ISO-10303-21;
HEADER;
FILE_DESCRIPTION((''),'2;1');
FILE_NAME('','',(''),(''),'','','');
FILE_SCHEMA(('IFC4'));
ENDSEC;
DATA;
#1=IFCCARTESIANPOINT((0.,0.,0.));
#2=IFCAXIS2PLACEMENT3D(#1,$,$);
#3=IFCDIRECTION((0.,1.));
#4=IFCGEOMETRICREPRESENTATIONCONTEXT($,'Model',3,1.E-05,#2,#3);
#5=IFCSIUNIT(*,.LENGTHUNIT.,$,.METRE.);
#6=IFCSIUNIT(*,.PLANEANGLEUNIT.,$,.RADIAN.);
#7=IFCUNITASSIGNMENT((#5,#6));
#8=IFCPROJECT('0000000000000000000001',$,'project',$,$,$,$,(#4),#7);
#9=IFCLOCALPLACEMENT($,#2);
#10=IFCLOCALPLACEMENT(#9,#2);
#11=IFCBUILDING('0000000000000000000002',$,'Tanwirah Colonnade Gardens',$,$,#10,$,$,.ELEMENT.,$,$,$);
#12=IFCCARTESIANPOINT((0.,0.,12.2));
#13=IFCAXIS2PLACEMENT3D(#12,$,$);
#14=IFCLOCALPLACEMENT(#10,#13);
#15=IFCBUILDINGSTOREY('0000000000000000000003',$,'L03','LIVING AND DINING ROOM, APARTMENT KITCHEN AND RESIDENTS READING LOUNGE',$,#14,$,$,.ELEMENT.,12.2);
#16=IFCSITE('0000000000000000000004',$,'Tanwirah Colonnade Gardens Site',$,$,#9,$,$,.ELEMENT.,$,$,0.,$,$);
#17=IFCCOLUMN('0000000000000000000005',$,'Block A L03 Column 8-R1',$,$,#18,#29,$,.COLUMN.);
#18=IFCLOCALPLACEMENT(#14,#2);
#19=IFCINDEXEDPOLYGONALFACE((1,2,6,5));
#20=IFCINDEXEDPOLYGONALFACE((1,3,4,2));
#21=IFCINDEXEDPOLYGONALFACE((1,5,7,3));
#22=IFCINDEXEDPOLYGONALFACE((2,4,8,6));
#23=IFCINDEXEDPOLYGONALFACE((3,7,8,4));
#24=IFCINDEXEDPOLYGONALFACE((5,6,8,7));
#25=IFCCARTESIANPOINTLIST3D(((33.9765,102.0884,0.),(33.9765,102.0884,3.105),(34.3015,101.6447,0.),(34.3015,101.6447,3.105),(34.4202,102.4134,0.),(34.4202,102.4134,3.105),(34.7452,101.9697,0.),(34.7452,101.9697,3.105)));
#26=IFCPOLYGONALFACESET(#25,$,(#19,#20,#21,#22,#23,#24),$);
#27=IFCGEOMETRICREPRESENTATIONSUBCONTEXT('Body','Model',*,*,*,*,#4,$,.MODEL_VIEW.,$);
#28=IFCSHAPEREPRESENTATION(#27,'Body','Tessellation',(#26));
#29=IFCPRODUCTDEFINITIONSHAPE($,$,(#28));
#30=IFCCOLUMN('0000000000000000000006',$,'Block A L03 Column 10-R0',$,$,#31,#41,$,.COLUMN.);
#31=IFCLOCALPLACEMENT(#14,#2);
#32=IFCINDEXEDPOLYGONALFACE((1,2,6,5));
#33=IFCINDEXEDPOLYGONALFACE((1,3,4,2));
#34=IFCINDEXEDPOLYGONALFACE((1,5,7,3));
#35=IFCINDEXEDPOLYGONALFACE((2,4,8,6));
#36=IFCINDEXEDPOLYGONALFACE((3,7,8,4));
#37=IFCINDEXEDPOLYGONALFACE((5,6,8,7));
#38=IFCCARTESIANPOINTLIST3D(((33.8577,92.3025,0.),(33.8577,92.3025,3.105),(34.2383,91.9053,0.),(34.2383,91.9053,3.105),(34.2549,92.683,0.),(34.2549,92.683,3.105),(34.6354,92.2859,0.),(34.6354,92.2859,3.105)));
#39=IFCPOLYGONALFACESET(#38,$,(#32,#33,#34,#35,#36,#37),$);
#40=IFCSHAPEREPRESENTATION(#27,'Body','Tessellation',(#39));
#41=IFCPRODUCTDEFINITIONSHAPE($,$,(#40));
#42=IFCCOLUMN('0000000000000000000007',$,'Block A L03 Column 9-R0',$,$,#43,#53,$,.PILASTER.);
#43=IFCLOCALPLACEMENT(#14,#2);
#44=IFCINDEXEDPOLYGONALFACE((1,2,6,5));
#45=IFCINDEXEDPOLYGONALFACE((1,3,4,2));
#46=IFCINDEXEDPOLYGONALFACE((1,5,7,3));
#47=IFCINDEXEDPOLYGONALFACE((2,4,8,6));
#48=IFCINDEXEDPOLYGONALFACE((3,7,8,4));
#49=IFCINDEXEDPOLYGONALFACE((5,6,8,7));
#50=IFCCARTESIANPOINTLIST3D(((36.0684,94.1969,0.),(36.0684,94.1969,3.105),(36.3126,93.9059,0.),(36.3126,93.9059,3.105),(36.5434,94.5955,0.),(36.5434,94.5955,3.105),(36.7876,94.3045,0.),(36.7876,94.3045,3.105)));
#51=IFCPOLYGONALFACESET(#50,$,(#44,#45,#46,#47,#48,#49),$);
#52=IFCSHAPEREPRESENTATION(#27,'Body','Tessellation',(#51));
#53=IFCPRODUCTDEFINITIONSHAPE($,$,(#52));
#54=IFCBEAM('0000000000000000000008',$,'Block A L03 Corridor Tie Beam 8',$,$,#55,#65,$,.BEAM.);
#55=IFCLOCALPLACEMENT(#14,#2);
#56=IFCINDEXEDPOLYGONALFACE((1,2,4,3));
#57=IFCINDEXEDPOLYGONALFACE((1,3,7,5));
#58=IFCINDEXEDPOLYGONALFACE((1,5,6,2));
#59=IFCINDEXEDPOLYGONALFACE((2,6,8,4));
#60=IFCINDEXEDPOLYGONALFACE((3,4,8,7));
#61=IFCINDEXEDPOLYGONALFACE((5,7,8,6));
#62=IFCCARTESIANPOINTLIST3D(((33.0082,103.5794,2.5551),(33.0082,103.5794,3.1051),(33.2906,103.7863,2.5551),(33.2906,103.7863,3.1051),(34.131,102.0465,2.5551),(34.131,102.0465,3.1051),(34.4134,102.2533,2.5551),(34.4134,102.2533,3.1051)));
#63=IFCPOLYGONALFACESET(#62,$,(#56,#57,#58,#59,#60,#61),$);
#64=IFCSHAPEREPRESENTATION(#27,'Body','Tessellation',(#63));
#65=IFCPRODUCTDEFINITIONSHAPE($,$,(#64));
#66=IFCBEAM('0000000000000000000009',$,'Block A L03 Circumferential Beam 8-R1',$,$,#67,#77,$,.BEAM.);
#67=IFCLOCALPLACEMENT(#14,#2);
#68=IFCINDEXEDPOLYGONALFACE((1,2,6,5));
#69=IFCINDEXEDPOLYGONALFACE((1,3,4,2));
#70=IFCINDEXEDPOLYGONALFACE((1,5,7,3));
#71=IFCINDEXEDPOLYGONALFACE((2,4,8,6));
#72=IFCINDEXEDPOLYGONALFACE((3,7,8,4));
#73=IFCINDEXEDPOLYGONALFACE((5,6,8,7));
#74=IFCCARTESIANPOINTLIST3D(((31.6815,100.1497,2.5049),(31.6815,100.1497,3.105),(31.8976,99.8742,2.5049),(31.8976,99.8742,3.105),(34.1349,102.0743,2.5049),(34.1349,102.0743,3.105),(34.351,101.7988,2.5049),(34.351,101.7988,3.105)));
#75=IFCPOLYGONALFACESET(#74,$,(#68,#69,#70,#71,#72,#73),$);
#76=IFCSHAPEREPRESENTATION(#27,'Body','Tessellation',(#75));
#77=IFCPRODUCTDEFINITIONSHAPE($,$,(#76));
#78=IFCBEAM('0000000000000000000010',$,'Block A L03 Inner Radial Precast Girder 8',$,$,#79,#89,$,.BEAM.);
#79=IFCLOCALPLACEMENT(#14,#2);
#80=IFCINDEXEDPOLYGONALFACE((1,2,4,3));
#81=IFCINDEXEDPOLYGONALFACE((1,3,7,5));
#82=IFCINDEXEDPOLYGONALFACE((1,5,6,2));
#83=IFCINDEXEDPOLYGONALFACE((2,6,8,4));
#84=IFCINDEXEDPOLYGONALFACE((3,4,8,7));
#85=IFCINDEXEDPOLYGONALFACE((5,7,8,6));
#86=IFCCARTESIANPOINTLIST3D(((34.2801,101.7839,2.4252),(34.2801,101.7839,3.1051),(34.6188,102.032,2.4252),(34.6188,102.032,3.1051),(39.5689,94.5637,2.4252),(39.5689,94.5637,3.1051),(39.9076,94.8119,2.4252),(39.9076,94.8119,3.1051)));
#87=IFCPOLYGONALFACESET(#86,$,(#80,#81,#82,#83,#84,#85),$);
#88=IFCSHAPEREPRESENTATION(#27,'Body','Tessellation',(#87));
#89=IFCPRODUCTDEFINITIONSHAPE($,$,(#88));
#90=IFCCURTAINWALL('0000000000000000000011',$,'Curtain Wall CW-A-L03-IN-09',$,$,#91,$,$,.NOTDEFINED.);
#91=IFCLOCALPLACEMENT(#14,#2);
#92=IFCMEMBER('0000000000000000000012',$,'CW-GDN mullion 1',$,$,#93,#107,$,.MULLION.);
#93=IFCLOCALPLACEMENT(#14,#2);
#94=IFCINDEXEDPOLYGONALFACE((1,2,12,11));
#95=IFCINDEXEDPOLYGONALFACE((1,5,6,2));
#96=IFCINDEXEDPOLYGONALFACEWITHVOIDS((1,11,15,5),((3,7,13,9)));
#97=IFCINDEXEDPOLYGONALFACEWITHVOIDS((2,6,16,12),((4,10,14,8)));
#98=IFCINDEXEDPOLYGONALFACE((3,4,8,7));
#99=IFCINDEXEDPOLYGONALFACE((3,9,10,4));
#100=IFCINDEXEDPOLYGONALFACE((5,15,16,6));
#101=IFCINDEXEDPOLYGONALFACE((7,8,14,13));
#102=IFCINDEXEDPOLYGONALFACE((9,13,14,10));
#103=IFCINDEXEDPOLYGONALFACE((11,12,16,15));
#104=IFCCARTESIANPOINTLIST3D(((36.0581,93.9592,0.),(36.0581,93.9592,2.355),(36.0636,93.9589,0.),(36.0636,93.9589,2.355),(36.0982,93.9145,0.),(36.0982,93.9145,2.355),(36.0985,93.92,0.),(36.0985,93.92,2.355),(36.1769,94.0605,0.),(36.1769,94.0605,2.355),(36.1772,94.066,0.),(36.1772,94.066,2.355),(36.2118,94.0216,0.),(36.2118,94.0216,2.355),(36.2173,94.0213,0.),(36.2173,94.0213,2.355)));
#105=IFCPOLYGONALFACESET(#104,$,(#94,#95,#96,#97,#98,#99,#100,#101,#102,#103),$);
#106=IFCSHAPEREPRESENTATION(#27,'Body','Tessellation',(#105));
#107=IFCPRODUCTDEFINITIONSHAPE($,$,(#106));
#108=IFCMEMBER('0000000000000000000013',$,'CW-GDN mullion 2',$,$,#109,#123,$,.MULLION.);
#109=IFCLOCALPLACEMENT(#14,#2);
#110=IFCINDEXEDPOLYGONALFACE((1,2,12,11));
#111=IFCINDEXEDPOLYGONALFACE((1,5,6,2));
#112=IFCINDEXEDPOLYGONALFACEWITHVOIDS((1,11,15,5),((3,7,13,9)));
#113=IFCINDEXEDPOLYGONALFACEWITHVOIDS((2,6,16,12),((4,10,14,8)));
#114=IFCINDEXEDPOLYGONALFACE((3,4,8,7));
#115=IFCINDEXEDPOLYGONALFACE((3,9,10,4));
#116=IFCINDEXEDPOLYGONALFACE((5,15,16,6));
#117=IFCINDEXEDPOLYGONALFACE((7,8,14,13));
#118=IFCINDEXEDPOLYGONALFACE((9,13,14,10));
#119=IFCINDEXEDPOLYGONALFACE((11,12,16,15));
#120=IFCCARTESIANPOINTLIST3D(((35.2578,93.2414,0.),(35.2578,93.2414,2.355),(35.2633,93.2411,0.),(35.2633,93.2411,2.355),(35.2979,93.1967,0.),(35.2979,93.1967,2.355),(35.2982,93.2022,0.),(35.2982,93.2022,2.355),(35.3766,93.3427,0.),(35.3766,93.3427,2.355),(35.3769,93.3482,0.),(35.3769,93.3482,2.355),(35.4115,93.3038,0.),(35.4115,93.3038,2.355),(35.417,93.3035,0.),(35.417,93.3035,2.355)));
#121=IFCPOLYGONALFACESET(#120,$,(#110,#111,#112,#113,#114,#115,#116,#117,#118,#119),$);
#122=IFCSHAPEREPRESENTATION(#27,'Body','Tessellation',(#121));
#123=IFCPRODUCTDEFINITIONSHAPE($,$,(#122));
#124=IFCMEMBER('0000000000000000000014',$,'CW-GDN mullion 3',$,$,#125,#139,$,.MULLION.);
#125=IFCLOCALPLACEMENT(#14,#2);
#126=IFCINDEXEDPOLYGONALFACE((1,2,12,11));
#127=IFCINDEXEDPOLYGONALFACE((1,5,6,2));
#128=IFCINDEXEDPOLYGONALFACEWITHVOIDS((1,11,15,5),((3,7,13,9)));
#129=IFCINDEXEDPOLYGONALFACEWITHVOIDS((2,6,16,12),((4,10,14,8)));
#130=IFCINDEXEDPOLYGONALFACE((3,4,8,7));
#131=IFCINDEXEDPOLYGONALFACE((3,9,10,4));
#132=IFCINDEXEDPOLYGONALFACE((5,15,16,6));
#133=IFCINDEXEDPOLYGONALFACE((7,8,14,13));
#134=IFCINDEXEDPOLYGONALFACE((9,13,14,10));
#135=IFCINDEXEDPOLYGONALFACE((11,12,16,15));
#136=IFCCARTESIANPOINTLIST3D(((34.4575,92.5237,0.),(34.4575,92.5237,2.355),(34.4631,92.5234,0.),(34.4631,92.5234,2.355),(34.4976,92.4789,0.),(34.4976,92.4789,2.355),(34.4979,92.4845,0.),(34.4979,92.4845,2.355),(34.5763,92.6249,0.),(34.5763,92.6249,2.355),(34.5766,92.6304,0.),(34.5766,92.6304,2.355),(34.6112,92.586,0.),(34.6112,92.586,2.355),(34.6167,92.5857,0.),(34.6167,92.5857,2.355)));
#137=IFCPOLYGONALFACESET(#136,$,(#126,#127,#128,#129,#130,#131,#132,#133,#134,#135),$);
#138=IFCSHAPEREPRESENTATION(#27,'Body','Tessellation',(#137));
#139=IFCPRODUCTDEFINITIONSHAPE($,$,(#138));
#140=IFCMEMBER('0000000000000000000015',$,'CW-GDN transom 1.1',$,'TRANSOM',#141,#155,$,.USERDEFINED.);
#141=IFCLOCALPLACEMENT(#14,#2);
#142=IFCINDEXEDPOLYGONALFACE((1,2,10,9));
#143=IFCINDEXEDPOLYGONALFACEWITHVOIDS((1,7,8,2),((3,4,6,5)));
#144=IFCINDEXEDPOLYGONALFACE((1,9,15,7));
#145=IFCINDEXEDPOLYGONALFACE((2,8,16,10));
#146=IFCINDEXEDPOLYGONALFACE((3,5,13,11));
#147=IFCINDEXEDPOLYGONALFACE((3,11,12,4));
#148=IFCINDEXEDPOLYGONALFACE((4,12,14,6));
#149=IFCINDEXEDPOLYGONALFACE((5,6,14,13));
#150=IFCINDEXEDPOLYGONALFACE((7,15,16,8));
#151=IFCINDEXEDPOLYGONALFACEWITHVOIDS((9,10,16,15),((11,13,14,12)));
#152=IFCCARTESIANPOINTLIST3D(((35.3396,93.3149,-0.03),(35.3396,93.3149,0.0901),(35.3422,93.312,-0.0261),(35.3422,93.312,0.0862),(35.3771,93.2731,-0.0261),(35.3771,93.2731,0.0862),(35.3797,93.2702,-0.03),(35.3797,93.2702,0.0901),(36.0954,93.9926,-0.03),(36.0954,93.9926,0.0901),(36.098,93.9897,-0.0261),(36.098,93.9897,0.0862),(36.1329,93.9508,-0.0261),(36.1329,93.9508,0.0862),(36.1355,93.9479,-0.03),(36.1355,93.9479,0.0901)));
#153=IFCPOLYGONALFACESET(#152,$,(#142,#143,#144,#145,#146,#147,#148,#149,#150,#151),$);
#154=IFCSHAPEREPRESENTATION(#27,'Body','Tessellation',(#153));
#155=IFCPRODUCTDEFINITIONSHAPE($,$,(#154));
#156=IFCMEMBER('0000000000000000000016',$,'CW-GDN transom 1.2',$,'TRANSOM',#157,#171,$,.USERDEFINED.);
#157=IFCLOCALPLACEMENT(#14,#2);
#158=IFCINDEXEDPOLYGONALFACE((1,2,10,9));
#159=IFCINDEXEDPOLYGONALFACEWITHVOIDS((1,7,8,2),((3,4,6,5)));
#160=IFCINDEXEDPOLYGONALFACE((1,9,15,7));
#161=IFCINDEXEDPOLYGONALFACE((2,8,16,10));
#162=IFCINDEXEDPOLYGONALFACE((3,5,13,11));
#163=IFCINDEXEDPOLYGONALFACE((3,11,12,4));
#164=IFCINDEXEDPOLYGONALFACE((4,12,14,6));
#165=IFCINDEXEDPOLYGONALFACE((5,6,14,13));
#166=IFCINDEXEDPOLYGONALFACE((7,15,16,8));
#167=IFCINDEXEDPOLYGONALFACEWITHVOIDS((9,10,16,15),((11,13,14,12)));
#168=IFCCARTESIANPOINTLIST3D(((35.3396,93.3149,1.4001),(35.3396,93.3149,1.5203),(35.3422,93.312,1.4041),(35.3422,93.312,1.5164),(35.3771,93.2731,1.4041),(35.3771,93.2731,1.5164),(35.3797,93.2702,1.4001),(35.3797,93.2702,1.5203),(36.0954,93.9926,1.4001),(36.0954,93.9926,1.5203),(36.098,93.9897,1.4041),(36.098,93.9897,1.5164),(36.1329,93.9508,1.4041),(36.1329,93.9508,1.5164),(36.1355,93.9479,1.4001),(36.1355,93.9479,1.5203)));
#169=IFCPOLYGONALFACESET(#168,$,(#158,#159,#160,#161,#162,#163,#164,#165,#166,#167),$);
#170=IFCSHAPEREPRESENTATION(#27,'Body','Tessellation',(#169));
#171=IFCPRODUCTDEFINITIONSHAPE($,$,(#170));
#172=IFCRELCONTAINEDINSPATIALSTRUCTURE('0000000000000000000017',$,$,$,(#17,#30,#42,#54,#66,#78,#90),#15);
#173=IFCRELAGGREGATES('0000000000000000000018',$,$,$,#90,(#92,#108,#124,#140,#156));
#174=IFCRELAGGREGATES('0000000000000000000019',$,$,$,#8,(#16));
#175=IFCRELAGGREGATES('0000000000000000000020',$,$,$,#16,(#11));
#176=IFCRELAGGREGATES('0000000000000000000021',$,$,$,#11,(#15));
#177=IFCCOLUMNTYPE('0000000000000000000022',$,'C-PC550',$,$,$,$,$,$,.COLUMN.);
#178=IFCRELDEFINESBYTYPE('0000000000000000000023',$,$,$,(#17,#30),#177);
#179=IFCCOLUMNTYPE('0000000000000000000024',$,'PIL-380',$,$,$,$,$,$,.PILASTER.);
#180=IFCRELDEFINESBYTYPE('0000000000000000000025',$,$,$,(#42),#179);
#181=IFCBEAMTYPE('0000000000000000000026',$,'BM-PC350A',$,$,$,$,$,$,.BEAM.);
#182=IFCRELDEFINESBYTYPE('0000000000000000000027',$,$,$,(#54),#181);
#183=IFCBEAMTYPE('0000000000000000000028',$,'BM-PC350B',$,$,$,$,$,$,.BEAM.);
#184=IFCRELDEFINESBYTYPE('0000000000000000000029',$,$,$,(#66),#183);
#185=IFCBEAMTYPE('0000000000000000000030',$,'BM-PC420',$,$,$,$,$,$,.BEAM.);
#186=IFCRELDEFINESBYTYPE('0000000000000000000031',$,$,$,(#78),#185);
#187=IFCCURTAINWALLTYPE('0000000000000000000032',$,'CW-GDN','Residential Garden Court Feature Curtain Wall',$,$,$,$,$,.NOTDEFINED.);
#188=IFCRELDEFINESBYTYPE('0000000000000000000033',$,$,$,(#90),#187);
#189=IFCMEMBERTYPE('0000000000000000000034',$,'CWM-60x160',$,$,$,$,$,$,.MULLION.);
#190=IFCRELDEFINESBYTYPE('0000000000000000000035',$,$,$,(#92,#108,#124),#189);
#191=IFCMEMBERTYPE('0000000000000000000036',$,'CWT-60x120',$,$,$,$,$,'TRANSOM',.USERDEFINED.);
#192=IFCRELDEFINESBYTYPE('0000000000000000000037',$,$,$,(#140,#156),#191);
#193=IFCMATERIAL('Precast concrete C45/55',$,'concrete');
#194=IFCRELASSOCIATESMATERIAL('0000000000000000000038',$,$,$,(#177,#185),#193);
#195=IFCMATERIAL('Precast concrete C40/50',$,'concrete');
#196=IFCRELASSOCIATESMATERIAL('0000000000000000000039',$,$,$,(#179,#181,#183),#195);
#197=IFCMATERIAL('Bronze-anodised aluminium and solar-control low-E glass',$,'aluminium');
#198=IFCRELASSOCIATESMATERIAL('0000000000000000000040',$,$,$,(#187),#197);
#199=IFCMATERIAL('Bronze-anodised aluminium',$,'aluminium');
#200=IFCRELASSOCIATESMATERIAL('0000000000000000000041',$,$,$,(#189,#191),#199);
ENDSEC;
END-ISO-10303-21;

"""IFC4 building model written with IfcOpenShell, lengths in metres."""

from ifc_helpers import new_model, si_unit, direction, frame, origin, origin_2d, place, context, subcontext, project, spatial, rectangle, hollow_rectangle, extrude, material, material_profile, profile_set, type_object, element, aggregate, save


model = new_model("IFC4")

# Units and contexts
model_context = context("Model", 3, precision=1e-05, world=origin(), true_north=direction((0.0, 1.0)))
body_context = subcontext(model_context, "Body", "Model", "MODEL_VIEW")
ifc_project = project(units=[si_unit("LENGTHUNIT", "METRE"), si_unit("PLANEANGLEUNIT", "RADIAN")], contexts=[model_context])

# Site, building, storey
site_placement = place(None, origin())
site = spatial("IfcSite", under=ifc_project, at=site_placement, Name="Tanwirah Colonnade Gardens Site", CompositionType="ELEMENT", RefElevation=0.0)
building_placement = place(site_placement, origin())
building = spatial("IfcBuilding", under=site, at=building_placement, Name="Tanwirah Colonnade Gardens", CompositionType="ELEMENT")
storey_placement = place(building_placement, frame((0.0, 0.0, 12.2)))
storey = spatial("IfcBuildingStorey", under=building, at=storey_placement, Name="L03", Description="LIVING AND DINING ROOM, APARTMENT KITCHEN AND RESIDENTS READING LOUNGE", CompositionType="ELEMENT", Elevation=12.2)

# Columns
ifc_material_1 = material(Name="Precast concrete C45/55", Category="concrete")
ifc_material_profile_1 = material_profile(ifc_material_1, rectangle(XDim=0.55, YDim=0.55, at=origin_2d()), Name="PC-COL 550x550")
ifc_profile_set_1 = profile_set([ifc_material_profile_1], Name="Precast concrete C45/55")
column_type_1 = type_object("IfcColumnType", Name="C-PC550", PredefinedType="COLUMN", material=ifc_profile_set_1)
for number, where, z_axis, x_axis, name in (
    (1, (34.3608, 102.0291, 0.0), (0.0, 0.0, 1.0), (-0.590919, 0.806731, 0.0), "Block A L03 Column 8-R1"),
    (2, (34.2466, 92.2942, 0.0), (0.0, 0.0, 1.0), (-0.691863, 0.722029, 0.0), "Block A L03 Column 10-R0"),
):
    element("IfcColumn", number, at=place(storey_placement, frame(where, z_axis=z_axis, x_axis=x_axis)), inside=storey, type_object=column_type_1, Name=name, PredefinedType="COLUMN", context=body_context, shape_type="SweptSolid", body=[
        extrude(rectangle(XDim=0.55, YDim=0.55, at=origin_2d()), origin(), (0.0, 0.0, 1.0), 3.105),
    ])
ifc_material_2 = material(Name="Precast concrete C40/50", Category="concrete")
ifc_material_profile_2 = material_profile(ifc_material_2, rectangle(XDim=0.3799, YDim=0.6201, at=origin_2d()), Name="PC-PIL 380x620")
ifc_profile_set_2 = profile_set([ifc_material_profile_2], Name="Precast concrete C40/50")
column_type_2 = type_object("IfcColumnType", Name="PIL-380", PredefinedType="PILASTER", material=ifc_profile_set_2)
column_placement = place(storey_placement, frame((36.428, 94.2507, 0.0), z_axis=(0.0, 0.0, 1.0), x_axis=(-0.642788, 0.766044, 0.0)))
element("IfcColumn", 3, at=column_placement, inside=storey, type_object=column_type_2, Name="Block A L03 Column 9-R0", PredefinedType="PILASTER", context=body_context, shape_type="SweptSolid", body=[
    extrude(rectangle(XDim=0.3799, YDim=0.6201, at=origin_2d()), origin(), (0.0, 0.0, 1.0), 3.105),
])

# Beams
ifc_material_profile_3 = material_profile(ifc_material_2, rectangle(XDim=0.3501, YDim=0.55, at=origin_2d()), Name="PC-BM 350x550")
ifc_profile_set_3 = profile_set([ifc_material_profile_3], Name="Precast concrete C40/50")
beam_type_1 = type_object("IfcBeamType", Name="BM-PC350A", PredefinedType="BEAM", material=ifc_profile_set_3)
beam_1_placement = place(storey_placement, frame((34.2722, 102.1499, 2.8301), z_axis=(-0.590896, 0.806748, 0.0), x_axis=(-0.806748, -0.590896, 0.0)))
element("IfcBeam", 4, at=beam_1_placement, inside=storey, type_object=beam_type_1, Name="Block A L03 Corridor Tie Beam 8", PredefinedType="BEAM", context=body_context, shape_type="SweptSolid", body=[
    extrude(rectangle(XDim=0.3501, YDim=0.55, at=origin_2d()), origin(), (0.0, 0.0, 1.0), 1.9001),
])
ifc_material_profile_4 = material_profile(ifc_material_2, rectangle(XDim=0.3501, YDim=0.6001, at=origin_2d()), Name="PC-BM 350x600")
ifc_profile_set_4 = profile_set([ifc_material_profile_4], Name="Precast concrete C40/50")
beam_type_2 = type_object("IfcBeamType", Name="BM-PC350B", PredefinedType="BEAM", material=ifc_profile_set_4)
beam_2_placement = place(storey_placement, frame((34.2429, 101.9365, 2.8049), z_axis=(-0.786799, -0.617209, 0.0), x_axis=(0.617209, -0.786799, 0.0)))
element("IfcBeam", 5, at=beam_2_placement, inside=storey, type_object=beam_type_2, Name="Block A L03 Circumferential Beam 8-R1", PredefinedType="BEAM", context=body_context, shape_type="SweptSolid", body=[
    extrude(rectangle(XDim=0.3501, YDim=0.6001, at=origin_2d()), origin(), (0.0, 0.0, 1.0), 3.1182),
])
ifc_material_profile_5 = material_profile(ifc_material_1, rectangle(XDim=0.4199, YDim=0.6799, at=origin_2d()), Name="PC-BM 420x680")
ifc_profile_set_5 = profile_set([ifc_material_profile_5], Name="Precast concrete C45/55")
beam_type_3 = type_object("IfcBeamType", Name="BM-PC420", PredefinedType="BEAM", material=ifc_profile_set_5)
beam_3_placement = place(storey_placement, frame((34.4495, 101.908, 2.7651), z_axis=(0.590927, -0.806725, 0.0), x_axis=(0.806725, 0.590927, 0.0)))
element("IfcBeam", 6, at=beam_3_placement, inside=storey, type_object=beam_type_3, Name="Block A L03 Inner Radial Precast Girder 8", PredefinedType="BEAM", context=body_context, shape_type="SweptSolid", body=[
    extrude(rectangle(XDim=0.4199, YDim=0.6799, at=origin_2d()), origin(), (0.0, 0.0, 1.0), 8.95),
])

# Curtain wall, members
ifc_material_3 = material(Name="Bronze-anodised aluminium and solar-control low-E glass", Category="aluminium")
curtain_wall_type = type_object("IfcCurtainWallType", Name="CW-GDN", Description="Residential Garden Court Feature Curtain Wall", PredefinedType="NOTDEFINED", material=ifc_material_3)
curtain_wall_placement = place(storey_placement, origin())
curtain_wall = element("IfcCurtainWall", 7, at=curtain_wall_placement, inside=storey, type_object=curtain_wall_type, Name="Curtain Wall CW-A-L03-IN-09", PredefinedType="NOTDEFINED")
ifc_material_4 = material(Name="Bronze-anodised aluminium", Category="aluminium")
ifc_material_profile_6 = material_profile(ifc_material_4, hollow_rectangle(XDim=0.0601, YDim=0.1599, WallThickness=0.0039, at=origin_2d()), Name="CW-MUL 60x160x4")
ifc_profile_set_6 = profile_set([ifc_material_profile_6], Name="Bronze-anodised aluminium")
member_type_1 = type_object("IfcMemberType", Name="CWM-60x160", PredefinedType="MULLION", material=ifc_profile_set_6)
member_1_placement = place(storey_placement, frame((36.1377, 93.9902, 0.0), z_axis=(0.0, 0.0, 1.0), x_axis=(0.667689, -0.74444, 0.0)))
member_1 = element("IfcMember", 8, at=member_1_placement, type_object=member_type_1, Name="CW-GDN mullion 1", PredefinedType="MULLION", context=body_context, shape_type="SweptSolid", body=[
    extrude(hollow_rectangle(XDim=0.0601, YDim=0.1599, WallThickness=0.0039, at=origin_2d()), origin(), (0.0, 0.0, 1.0), 2.355),
])
member_2_placement = place(storey_placement, frame((35.3374, 93.2725, 0.0), z_axis=(0.0, 0.0, 1.0), x_axis=(0.667689, -0.74444, 0.0)))
member_2 = element("IfcMember", 9, at=member_2_placement, type_object=member_type_1, Name="CW-GDN mullion 2", PredefinedType="MULLION", context=body_context, shape_type="SweptSolid", body=[
    extrude(hollow_rectangle(XDim=0.0601, YDim=0.1599, WallThickness=0.0039, at=origin_2d()), origin(), (0.0, 0.0, 1.0), 2.355),
])
member_3_placement = place(storey_placement, frame((34.5371, 92.5547, 0.0), z_axis=(0.0, 0.0, 1.0), x_axis=(0.667689, -0.74444, 0.0)))
member_3 = element("IfcMember", 10, at=member_3_placement, type_object=member_type_1, Name="CW-GDN mullion 3", PredefinedType="MULLION", context=body_context, shape_type="SweptSolid", body=[
    extrude(hollow_rectangle(XDim=0.0601, YDim=0.1599, WallThickness=0.0039, at=origin_2d()), origin(), (0.0, 0.0, 1.0), 2.355),
])
ifc_material_profile_7 = material_profile(ifc_material_4, hollow_rectangle(XDim=0.0601, YDim=0.1201, WallThickness=0.0039, at=origin_2d()), Name="CW-TRN 60x120x4")
ifc_profile_set_7 = profile_set([ifc_material_profile_7], Name="Bronze-anodised aluminium")
member_type_2 = type_object("IfcMemberType", Name="CWT-60x120", ElementType="TRANSOM", PredefinedType="USERDEFINED", material=ifc_profile_set_7)
member_4_placement = place(storey_placement, frame((36.1155, 93.9702, 0.03), z_axis=(-0.744536, -0.667582, 0.0), x_axis=(0.667582, -0.744536, 0.0)))
member_4 = element("IfcMember", 11, at=member_4_placement, type_object=member_type_2, Name="CW-GDN transom 1.1", ObjectType="TRANSOM", PredefinedType="USERDEFINED", context=body_context, shape_type="SweptSolid", body=[
    extrude(hollow_rectangle(XDim=0.0601, YDim=0.1201, WallThickness=0.0039, at=origin_2d()), origin(), (0.0, 0.0, 1.0), 1.0151),
])
member_5_placement = place(storey_placement, frame((36.1155, 93.9702, 1.4602), z_axis=(-0.744536, -0.667582, 0.0), x_axis=(0.667582, -0.744536, 0.0)))
member_5 = element("IfcMember", 12, at=member_5_placement, type_object=member_type_2, Name="CW-GDN transom 1.2", ObjectType="TRANSOM", PredefinedType="USERDEFINED", context=body_context, shape_type="SweptSolid", body=[
    extrude(hollow_rectangle(XDim=0.0601, YDim=0.1201, WallThickness=0.0039, at=origin_2d()), origin(), (0.0, 0.0, 1.0), 1.0151),
])

aggregate(curtain_wall, [member_1, member_2, member_3, member_4, member_5])

save(model, "model.ifc")
